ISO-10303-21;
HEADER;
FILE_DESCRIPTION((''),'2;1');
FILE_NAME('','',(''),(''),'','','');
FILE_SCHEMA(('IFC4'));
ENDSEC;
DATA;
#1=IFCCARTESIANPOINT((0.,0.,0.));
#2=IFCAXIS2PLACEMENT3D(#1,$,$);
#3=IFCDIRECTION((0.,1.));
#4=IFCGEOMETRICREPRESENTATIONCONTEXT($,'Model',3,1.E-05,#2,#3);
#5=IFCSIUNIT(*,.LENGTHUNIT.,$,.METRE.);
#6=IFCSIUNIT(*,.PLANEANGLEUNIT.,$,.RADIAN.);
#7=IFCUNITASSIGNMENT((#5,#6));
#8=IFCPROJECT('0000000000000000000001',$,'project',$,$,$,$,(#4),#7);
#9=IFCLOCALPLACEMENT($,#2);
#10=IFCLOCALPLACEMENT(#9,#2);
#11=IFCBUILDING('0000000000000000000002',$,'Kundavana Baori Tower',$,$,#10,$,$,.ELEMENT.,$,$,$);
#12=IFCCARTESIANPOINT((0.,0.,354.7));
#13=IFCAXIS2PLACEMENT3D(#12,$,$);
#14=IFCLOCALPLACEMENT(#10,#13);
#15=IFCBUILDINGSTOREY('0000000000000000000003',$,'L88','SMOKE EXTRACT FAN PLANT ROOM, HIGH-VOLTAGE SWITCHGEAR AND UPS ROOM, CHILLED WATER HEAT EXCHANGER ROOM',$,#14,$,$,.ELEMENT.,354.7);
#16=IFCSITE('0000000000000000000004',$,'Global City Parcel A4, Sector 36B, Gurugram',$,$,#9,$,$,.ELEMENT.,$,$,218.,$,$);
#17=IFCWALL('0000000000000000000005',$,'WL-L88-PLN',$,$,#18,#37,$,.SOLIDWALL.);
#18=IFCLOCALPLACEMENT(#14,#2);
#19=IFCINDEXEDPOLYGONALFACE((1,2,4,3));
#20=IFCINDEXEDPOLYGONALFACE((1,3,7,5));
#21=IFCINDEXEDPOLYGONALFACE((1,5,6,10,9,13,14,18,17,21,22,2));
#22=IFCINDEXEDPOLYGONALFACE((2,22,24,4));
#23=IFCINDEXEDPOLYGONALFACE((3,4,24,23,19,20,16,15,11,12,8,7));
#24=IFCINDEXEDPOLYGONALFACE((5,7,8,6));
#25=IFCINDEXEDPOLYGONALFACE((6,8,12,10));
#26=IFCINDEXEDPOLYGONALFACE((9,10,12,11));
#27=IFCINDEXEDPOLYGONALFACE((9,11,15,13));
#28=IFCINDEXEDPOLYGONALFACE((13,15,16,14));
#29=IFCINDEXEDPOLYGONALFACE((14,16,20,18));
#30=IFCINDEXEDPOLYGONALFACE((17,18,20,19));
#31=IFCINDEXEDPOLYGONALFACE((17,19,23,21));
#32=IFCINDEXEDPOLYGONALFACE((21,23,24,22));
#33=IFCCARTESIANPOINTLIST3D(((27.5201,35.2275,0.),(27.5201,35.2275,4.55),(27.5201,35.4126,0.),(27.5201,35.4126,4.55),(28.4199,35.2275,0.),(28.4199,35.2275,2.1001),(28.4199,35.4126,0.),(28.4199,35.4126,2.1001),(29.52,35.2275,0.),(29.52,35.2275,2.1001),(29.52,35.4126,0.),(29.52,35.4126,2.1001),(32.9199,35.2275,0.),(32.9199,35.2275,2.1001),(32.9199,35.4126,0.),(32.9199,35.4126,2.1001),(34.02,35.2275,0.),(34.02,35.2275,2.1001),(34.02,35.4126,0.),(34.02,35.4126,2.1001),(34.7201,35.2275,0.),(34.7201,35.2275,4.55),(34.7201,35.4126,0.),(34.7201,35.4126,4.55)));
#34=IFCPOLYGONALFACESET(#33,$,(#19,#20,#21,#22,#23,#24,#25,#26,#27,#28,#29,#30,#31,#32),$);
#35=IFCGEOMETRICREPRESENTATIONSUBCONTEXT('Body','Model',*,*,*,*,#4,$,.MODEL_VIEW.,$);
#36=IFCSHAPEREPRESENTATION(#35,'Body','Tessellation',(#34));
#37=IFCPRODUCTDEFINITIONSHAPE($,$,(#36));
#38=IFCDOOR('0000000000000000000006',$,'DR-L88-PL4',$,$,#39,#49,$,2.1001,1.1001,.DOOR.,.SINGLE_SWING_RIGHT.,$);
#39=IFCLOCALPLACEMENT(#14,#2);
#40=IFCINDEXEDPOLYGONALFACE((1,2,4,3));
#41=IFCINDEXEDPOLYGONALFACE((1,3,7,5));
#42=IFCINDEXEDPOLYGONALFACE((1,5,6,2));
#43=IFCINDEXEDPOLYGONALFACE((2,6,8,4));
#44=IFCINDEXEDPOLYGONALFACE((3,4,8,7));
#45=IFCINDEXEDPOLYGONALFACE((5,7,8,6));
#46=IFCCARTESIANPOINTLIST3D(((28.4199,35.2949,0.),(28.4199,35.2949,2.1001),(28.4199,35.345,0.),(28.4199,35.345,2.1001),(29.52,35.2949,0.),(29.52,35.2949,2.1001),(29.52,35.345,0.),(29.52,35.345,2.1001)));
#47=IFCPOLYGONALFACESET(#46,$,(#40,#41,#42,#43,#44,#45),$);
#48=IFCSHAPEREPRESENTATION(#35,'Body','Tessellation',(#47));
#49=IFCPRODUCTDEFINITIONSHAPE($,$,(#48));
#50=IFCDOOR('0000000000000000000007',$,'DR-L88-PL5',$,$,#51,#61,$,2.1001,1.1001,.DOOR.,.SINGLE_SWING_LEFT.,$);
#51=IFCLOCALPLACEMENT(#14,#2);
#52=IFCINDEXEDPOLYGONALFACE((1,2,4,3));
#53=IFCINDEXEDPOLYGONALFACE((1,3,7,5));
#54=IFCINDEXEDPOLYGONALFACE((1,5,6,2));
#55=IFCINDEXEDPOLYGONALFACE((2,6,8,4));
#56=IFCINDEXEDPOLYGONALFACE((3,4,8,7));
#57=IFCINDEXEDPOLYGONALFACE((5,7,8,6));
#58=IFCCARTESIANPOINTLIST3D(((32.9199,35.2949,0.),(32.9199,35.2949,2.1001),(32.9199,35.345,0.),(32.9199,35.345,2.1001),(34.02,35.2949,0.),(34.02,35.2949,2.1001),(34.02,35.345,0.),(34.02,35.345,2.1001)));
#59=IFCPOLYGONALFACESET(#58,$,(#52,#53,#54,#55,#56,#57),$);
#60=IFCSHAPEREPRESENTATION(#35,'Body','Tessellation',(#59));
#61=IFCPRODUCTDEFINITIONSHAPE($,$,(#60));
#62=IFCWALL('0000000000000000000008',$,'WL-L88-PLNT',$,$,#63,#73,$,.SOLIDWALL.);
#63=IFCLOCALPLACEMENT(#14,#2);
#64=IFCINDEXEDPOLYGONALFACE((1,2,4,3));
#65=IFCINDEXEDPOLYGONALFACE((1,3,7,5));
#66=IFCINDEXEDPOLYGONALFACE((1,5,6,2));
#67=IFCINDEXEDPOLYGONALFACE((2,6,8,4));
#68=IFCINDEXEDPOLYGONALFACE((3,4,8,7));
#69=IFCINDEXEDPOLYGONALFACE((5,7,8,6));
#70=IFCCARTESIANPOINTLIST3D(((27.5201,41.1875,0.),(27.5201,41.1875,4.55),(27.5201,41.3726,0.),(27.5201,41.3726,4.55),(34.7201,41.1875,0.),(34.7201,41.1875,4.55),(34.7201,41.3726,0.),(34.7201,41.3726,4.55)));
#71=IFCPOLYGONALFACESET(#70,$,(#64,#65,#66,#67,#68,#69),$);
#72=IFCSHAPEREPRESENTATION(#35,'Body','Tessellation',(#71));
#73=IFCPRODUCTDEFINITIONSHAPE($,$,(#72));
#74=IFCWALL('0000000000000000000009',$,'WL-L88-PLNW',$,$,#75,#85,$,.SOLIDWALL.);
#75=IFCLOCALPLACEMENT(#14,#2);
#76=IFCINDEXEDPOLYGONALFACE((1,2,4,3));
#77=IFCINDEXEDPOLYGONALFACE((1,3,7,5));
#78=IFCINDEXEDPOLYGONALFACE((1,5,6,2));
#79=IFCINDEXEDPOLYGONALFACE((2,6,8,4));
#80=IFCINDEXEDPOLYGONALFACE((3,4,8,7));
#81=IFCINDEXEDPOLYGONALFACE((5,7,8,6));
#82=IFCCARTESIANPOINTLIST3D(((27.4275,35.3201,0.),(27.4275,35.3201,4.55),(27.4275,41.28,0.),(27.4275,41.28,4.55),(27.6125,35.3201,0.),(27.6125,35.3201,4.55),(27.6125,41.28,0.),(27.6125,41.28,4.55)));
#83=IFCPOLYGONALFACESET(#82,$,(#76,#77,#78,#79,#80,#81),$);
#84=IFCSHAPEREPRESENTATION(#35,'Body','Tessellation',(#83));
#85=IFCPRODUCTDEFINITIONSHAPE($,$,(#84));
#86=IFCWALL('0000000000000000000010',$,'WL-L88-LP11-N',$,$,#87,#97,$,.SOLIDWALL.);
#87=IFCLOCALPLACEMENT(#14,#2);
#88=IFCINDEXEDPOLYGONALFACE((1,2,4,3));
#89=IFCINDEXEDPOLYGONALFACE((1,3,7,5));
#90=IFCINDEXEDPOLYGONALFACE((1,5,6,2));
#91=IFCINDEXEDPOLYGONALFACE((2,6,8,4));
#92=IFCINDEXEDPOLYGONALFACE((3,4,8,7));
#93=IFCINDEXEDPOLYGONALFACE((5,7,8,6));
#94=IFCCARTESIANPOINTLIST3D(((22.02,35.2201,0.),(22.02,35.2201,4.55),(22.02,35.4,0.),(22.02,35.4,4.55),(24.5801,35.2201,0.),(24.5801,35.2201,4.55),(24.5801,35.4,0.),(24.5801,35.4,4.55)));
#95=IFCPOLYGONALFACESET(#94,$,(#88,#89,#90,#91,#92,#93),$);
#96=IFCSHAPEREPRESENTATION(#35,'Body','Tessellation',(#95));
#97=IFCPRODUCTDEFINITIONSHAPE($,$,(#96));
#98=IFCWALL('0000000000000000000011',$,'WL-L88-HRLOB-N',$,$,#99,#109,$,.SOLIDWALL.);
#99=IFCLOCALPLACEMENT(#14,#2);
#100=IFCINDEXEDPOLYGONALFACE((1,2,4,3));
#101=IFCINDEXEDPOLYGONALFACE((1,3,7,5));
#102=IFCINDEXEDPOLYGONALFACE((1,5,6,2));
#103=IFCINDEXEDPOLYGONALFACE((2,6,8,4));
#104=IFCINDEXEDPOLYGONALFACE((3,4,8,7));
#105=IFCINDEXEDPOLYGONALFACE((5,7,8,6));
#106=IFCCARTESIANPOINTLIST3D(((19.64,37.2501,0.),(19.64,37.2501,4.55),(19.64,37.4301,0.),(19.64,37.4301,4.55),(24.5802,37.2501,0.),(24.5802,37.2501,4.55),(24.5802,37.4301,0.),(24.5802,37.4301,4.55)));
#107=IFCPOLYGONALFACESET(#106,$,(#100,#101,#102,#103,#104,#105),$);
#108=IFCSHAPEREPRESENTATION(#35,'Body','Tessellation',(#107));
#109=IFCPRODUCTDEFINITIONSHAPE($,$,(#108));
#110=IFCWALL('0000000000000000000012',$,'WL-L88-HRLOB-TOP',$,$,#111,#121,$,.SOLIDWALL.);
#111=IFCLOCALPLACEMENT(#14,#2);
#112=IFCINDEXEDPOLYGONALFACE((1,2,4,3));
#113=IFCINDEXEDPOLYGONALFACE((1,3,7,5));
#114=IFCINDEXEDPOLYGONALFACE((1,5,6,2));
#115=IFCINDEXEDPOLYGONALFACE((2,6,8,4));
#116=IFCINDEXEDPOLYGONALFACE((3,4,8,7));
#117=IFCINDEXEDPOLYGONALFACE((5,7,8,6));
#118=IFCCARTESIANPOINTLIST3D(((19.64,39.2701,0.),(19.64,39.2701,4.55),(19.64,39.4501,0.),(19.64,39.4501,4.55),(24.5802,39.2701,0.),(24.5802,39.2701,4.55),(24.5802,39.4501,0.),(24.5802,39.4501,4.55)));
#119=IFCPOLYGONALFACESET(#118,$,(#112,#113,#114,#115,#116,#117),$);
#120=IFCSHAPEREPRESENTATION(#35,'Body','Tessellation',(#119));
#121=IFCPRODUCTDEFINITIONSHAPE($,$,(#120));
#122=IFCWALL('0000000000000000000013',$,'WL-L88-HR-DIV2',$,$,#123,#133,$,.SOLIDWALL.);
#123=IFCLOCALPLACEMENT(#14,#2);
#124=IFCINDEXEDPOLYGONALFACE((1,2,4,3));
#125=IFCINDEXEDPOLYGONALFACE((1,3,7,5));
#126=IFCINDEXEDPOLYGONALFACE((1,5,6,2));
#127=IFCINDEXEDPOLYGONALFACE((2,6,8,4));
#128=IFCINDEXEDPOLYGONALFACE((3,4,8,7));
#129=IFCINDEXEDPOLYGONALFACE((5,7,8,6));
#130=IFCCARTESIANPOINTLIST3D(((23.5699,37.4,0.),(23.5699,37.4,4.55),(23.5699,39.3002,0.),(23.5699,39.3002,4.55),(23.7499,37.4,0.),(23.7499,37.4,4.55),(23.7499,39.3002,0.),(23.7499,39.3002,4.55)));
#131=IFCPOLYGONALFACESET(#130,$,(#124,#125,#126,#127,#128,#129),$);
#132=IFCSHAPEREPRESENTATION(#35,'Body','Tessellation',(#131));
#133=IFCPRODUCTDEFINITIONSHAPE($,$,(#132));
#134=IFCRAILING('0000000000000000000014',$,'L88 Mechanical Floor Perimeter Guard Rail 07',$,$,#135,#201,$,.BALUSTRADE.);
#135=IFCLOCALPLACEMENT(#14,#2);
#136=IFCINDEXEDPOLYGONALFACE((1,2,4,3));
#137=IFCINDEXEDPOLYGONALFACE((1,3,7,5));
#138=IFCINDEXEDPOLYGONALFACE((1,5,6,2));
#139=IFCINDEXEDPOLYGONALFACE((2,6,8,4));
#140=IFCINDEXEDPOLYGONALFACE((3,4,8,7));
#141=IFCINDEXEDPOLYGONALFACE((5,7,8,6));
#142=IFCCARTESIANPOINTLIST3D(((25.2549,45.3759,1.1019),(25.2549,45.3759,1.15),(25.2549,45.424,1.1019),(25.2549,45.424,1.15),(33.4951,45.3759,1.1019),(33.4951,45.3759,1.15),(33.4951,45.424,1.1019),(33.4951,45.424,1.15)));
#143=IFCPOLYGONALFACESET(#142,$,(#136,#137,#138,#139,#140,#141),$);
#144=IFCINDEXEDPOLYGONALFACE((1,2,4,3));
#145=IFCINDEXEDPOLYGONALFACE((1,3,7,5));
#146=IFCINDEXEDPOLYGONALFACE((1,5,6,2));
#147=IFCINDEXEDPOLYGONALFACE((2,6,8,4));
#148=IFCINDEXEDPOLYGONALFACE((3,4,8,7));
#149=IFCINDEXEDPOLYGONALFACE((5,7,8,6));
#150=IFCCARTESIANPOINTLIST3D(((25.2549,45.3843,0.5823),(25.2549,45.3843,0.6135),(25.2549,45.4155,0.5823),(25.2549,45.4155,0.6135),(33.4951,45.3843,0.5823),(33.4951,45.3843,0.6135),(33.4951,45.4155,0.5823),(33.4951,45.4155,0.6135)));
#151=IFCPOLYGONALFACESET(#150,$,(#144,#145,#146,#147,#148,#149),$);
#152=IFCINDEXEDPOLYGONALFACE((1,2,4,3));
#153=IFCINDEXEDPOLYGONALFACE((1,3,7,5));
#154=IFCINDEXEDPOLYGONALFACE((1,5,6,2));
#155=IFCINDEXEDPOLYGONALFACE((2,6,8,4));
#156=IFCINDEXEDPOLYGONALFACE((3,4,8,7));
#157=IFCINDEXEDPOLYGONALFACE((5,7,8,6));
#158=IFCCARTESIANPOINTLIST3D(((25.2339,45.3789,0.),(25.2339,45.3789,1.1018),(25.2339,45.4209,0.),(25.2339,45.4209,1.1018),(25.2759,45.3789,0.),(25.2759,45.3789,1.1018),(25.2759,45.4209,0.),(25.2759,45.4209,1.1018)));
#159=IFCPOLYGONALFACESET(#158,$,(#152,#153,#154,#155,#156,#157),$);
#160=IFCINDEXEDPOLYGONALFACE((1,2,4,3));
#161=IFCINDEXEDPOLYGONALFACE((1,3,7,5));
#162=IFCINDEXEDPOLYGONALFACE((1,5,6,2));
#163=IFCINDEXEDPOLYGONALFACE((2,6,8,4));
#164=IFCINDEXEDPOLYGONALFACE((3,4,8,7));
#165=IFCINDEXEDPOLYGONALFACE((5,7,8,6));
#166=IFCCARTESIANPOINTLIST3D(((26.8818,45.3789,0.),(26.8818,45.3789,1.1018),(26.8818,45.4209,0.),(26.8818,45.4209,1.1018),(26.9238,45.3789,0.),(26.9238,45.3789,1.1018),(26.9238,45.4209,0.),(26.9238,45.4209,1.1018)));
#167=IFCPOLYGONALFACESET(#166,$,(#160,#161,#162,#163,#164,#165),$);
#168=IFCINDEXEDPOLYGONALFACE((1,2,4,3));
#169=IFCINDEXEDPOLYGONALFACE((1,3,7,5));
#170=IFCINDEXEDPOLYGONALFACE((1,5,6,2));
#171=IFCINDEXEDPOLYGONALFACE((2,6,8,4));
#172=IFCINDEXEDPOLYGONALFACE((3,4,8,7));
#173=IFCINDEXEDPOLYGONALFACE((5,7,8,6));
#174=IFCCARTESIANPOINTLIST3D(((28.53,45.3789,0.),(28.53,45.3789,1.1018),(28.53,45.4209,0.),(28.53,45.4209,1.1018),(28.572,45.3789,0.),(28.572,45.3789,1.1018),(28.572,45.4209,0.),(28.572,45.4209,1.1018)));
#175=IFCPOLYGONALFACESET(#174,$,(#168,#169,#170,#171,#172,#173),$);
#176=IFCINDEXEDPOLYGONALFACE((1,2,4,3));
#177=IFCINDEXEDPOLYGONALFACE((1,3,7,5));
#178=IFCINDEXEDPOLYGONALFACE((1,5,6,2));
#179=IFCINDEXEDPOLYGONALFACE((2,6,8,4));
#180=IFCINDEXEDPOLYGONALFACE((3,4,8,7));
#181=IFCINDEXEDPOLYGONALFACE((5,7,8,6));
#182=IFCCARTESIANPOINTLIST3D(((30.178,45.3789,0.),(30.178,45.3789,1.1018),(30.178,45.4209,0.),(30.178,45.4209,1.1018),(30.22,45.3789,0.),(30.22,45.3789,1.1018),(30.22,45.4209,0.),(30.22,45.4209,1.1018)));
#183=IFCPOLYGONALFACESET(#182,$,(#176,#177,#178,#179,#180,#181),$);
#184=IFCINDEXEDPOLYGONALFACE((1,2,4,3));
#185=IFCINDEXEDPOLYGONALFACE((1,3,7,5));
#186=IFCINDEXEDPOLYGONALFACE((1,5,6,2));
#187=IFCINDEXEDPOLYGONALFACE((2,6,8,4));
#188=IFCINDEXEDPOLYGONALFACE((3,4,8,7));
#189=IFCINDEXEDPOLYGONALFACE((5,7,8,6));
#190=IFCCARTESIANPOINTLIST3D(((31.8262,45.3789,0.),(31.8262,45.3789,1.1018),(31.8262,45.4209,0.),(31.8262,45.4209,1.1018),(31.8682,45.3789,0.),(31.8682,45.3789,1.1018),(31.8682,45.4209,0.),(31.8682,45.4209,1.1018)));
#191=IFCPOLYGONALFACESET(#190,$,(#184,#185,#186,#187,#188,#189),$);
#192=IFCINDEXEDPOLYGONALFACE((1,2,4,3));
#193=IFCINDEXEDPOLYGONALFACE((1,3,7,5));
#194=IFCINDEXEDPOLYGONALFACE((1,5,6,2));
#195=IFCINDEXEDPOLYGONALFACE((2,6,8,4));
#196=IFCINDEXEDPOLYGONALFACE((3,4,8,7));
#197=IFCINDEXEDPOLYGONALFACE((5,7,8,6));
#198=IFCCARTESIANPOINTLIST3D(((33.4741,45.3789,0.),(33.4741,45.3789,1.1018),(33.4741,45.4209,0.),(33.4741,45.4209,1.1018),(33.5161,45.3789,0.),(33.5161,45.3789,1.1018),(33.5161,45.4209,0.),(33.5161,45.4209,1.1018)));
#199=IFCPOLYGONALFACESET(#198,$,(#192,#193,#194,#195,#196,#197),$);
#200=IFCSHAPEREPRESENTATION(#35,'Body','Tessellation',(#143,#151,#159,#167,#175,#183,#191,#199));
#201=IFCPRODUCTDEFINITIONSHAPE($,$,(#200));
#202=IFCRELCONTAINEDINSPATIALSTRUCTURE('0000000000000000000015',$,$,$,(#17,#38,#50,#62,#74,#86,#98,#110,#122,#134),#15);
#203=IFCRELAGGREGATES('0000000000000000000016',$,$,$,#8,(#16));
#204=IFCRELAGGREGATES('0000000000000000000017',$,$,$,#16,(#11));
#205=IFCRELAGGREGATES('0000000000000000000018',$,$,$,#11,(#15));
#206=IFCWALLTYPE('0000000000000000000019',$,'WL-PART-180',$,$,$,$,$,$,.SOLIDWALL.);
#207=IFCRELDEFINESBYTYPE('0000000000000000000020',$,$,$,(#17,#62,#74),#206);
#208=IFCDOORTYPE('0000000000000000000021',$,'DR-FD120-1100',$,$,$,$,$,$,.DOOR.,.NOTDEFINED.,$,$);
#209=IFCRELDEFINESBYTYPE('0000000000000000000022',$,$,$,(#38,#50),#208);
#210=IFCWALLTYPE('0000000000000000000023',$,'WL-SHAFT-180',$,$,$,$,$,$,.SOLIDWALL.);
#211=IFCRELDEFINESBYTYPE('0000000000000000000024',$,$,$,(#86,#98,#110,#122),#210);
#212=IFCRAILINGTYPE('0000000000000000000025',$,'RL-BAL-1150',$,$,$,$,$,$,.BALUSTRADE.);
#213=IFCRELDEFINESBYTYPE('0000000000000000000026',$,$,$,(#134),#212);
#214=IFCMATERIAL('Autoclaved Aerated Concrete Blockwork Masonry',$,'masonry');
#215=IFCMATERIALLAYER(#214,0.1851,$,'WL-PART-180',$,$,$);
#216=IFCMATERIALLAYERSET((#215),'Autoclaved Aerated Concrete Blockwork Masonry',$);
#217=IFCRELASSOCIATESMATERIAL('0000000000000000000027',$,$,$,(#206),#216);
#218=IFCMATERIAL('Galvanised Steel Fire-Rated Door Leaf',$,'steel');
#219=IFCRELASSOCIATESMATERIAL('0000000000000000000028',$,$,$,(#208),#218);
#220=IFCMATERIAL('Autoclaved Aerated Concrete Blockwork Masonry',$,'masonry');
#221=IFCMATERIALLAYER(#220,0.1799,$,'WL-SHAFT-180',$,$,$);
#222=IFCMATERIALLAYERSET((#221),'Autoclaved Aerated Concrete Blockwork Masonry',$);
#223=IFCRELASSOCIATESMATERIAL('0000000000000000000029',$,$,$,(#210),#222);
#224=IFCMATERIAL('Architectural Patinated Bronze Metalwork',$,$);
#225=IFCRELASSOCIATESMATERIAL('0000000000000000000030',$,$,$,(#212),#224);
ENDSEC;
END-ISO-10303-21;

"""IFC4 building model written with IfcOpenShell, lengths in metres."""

from ifc_helpers import new_model, si_unit, direction, frame, frame_2d, origin, origin_2d, place, context, subcontext, project, spatial, rectangle, extrude, material, layer, layer_set, type_object, element, fill, save


model = new_model("IFC4")

# Units and contexts
model_context = context("Model", 3, precision=1e-05, world=origin(), true_north=direction((0.0, 1.0)))
body_context = subcontext(model_context, "Body", "Model", "MODEL_VIEW")
ifc_project = project(units=[si_unit("LENGTHUNIT", "METRE"), si_unit("PLANEANGLEUNIT", "RADIAN")], contexts=[model_context])

# Site, building, storey
site_placement = place(None, origin())
site = spatial("IfcSite", under=ifc_project, at=site_placement, Name="Global City Parcel A4, Sector 36B, Gurugram", CompositionType="ELEMENT", RefElevation=218.0)
building_placement = place(site_placement, origin())
building = spatial("IfcBuilding", under=site, at=building_placement, Name="Kundavana Baori Tower", CompositionType="ELEMENT")
storey_placement = place(building_placement, frame((0.0, 0.0, 354.7)))
storey = spatial("IfcBuildingStorey", under=building, at=storey_placement, Name="L88", Description="SMOKE EXTRACT FAN PLANT ROOM, HIGH-VOLTAGE SWITCHGEAR AND UPS ROOM, CHILLED WATER HEAT EXCHANGER ROOM", CompositionType="ELEMENT", Elevation=354.7)

# Wall, openings, doors
ifc_material_1 = material(Name="Autoclaved Aerated Concrete Blockwork Masonry", Category="masonry")
ifc_layer_1 = layer(ifc_material_1, 0.1851, Name="WL-PART-180")
ifc_layer_set_1 = layer_set([ifc_layer_1], Name="Autoclaved Aerated Concrete Blockwork Masonry")
wall_type_1 = type_object("IfcWallType", Name="WL-PART-180", PredefinedType="SOLIDWALL", material=ifc_layer_set_1)
wall_1_placement = place(storey_placement, frame((27.52, 35.3201, 0.0), z_axis=(0.0, 0.0, 1.0), x_axis=(1.0, 0.0, 0.0)))
wall_1 = element("IfcWall", 1, at=wall_1_placement, inside=storey, type_object=wall_type_1, Name="WL-L88-PLN", PredefinedType="SOLIDWALL", context=body_context, shape_type="SweptSolid", body=[
    extrude(rectangle(XDim=7.2, YDim=0.1851, at=frame_2d((3.6001, 0.0))), origin(), (0.0, 0.0, 1.0), 4.55),
])
opening_1_placement = place(wall_1_placement, frame((0.8999, 0.0, 0.0)))
opening_1 = element("IfcOpeningElement", 2, at=opening_1_placement, cuts=wall_1, PredefinedType="OPENING", context=body_context, shape_type="SweptSolid", body=[
    extrude(rectangle(XDim=1.1001, YDim=2.1001, at=frame_2d((0.55, 1.05))), frame((0.0, 0.1025, 0.0), z_axis=(0.0, -1.0, 0.0), x_axis=(1.0, 0.0, 0.0)), (0.0, 0.0, 1.0), 0.2051),
])
opening_2_placement = place(wall_1_placement, frame((5.3999, 0.0, 0.0)))
opening_2 = element("IfcOpeningElement", 3, at=opening_2_placement, cuts=wall_1, PredefinedType="OPENING", context=body_context, shape_type="SweptSolid", body=[
    extrude(rectangle(XDim=1.1001, YDim=2.1001, at=frame_2d((0.55, 1.05))), frame((0.0, 0.1025, 0.0), z_axis=(0.0, -1.0, 0.0), x_axis=(1.0, 0.0, 0.0)), (0.0, 0.0, 1.0), 0.2051),
])
ifc_material_2 = material(Name="Galvanised Steel Fire-Rated Door Leaf", Category="steel")
door_type_1 = type_object("IfcDoorType", Name="DR-FD120-1100", OperationType="NOTDEFINED", PredefinedType="DOOR", material=ifc_material_2)
door_1_placement = place(opening_1_placement, origin())
door_1 = element("IfcDoor", 4, at=door_1_placement, inside=storey, type_object=door_type_1, Name="DR-L88-PL4", OperationType="SINGLE_SWING_RIGHT", OverallHeight=2.1001, OverallWidth=1.1001, PredefinedType="DOOR", context=body_context, shape_type="SweptSolid", body=[
    extrude(rectangle(XDim=1.1001, YDim=2.1001, at=frame_2d((0.55, 1.05))), frame((0.0, 0.0249, 0.0), z_axis=(0.0, -1.0, 0.0), x_axis=(1.0, 0.0, 0.0)), (0.0, 0.0, 1.0), 0.05),
])
fill(opening_1, door_1)
door_2_placement = place(opening_2_placement, origin())
door_2 = element("IfcDoor", 5, at=door_2_placement, inside=storey, type_object=door_type_1, Name="DR-L88-PL5", OperationType="SINGLE_SWING_LEFT", OverallHeight=2.1001, OverallWidth=1.1001, PredefinedType="DOOR", context=body_context, shape_type="SweptSolid", body=[
    extrude(rectangle(XDim=1.1001, YDim=2.1001, at=frame_2d((0.55, 1.05))), frame((0.0, 0.0249, 0.0), z_axis=(0.0, -1.0, 0.0), x_axis=(1.0, 0.0, 0.0)), (0.0, 0.0, 1.0), 0.05),
])
fill(opening_2, door_2)

# Walls
wall_2_placement = place(storey_placement, frame((27.52, 41.28, 0.0), z_axis=(0.0, 0.0, 1.0), x_axis=(1.0, 0.0, 0.0)))
element("IfcWall", 6, at=wall_2_placement, inside=storey, type_object=wall_type_1, Name="WL-L88-PLNT", PredefinedType="SOLIDWALL", context=body_context, shape_type="SweptSolid", body=[
    extrude(rectangle(XDim=7.2, YDim=0.1851, at=frame_2d((3.6001, 0.0))), origin(), (0.0, 0.0, 1.0), 4.55),
])
wall_3_placement = place(storey_placement, frame((27.52, 35.3201, 0.0), z_axis=(0.0, 0.0, 1.0), x_axis=(0.0, 1.0, 0.0)))
element("IfcWall", 7, at=wall_3_placement, inside=storey, type_object=wall_type_1, Name="WL-L88-PLNW", PredefinedType="SOLIDWALL", context=body_context, shape_type="SweptSolid", body=[
    extrude(rectangle(XDim=5.96, YDim=0.1851, at=frame_2d((2.98, 0.0))), origin(), (0.0, 0.0, 1.0), 4.55),
])
ifc_material_3 = material(Name="Autoclaved Aerated Concrete Blockwork Masonry", Category="masonry")
ifc_layer_2 = layer(ifc_material_3, 0.1799, Name="WL-SHAFT-180")
ifc_layer_set_2 = layer_set([ifc_layer_2], Name="Autoclaved Aerated Concrete Blockwork Masonry")
wall_type_2 = type_object("IfcWallType", Name="WL-SHAFT-180", PredefinedType="SOLIDWALL", material=ifc_layer_set_2)
wall_4_placement = place(storey_placement, frame((22.02, 35.3101, 0.0), z_axis=(0.0, 0.0, 1.0), x_axis=(1.0, 0.0, 0.0)))
element("IfcWall", 8, at=wall_4_placement, inside=storey, type_object=wall_type_2, Name="WL-L88-LP11-N", PredefinedType="SOLIDWALL", context=body_context, shape_type="SweptSolid", body=[
    extrude(rectangle(XDim=2.5601, YDim=0.1799, at=frame_2d((1.28, 0.0))), origin(), (0.0, 0.0, 1.0), 4.55),
])
for number, where, z_axis, x_axis, name in (
    (9, (19.6399, 37.3401, 0.0), (0.0, 0.0, 1.0), (1.0, 0.0, 0.0), "WL-L88-HRLOB-N"),
    (10, (19.6399, 39.3601, 0.0), (0.0, 0.0, 1.0), (1.0, 0.0, 0.0), "WL-L88-HRLOB-TOP"),
):
    element("IfcWall", number, at=place(storey_placement, frame(where, z_axis=z_axis, x_axis=x_axis)), inside=storey, type_object=wall_type_2, Name=name, PredefinedType="SOLIDWALL", context=body_context, shape_type="SweptSolid", body=[
        extrude(rectangle(XDim=4.9402, YDim=0.1799, at=frame_2d((2.4702, 0.0))), origin(), (0.0, 0.0, 1.0), 4.55),
    ])
wall_5_placement = place(storey_placement, frame((23.6599, 37.3999, 0.0), z_axis=(0.0, 0.0, 1.0), x_axis=(0.0, 1.0, 0.0)))
element("IfcWall", 11, at=wall_5_placement, inside=storey, type_object=wall_type_2, Name="WL-L88-HR-DIV2", PredefinedType="SOLIDWALL", context=body_context, shape_type="SweptSolid", body=[
    extrude(rectangle(XDim=1.9001, YDim=0.1799, at=frame_2d((0.9502, 0.0))), origin(), (0.0, 0.0, 1.0), 4.55),
])

# Railing
ifc_material_4 = material(Name="Architectural Patinated Bronze Metalwork")
railing_type_1 = type_object("IfcRailingType", Name="RL-BAL-1150", PredefinedType="BALUSTRADE", material=ifc_material_4)
railing_1_placement = place(storey_placement, frame((25.2549, 45.3999, 0.0)))
element("IfcRailing", 12, at=railing_1_placement, inside=storey, type_object=railing_type_1, Name="L88 Mechanical Floor Perimeter Guard Rail 07", PredefinedType="BALUSTRADE", context=body_context, shape_type="SweptSolid", body=[
    extrude(rectangle(XDim=0.0481, YDim=0.0481, at=origin_2d()), frame((0.0, 0.0, 1.126), z_axis=(1.0, 0.0, 0.0), x_axis=(0.0, 1.0, 0.0)), (0.0, 0.0, 1.0), 8.2402),
    extrude(rectangle(XDim=0.0312, YDim=0.0312, at=origin_2d()), frame((0.0, 0.0, 0.5979), z_axis=(1.0, 0.0, 0.0), x_axis=(0.0, 1.0, 0.0)), (0.0, 0.0, 1.0), 8.2402),
    extrude(rectangle(XDim=0.042, YDim=0.042, at=origin_2d()), origin(), (0.0, 0.0, 1.0), 1.1018),
    extrude(rectangle(XDim=0.042, YDim=0.042, at=origin_2d()), frame((1.6479, 0.0, 0.0)), (0.0, 0.0, 1.0), 1.1018),
    extrude(rectangle(XDim=0.042, YDim=0.042, at=origin_2d()), frame((3.2961, 0.0, 0.0)), (0.0, 0.0, 1.0), 1.1018),
    extrude(rectangle(XDim=0.042, YDim=0.042, at=origin_2d()), frame((4.9441, 0.0, 0.0)), (0.0, 0.0, 1.0), 1.1018),
    extrude(rectangle(XDim=0.042, YDim=0.042, at=origin_2d()), frame((6.5923, 0.0, 0.0)), (0.0, 0.0, 1.0), 1.1018),
    extrude(rectangle(XDim=0.042, YDim=0.042, at=origin_2d()), frame((8.2402, 0.0, 0.0)), (0.0, 0.0, 1.0), 1.1018),
])

save(model, "model.ifc")
